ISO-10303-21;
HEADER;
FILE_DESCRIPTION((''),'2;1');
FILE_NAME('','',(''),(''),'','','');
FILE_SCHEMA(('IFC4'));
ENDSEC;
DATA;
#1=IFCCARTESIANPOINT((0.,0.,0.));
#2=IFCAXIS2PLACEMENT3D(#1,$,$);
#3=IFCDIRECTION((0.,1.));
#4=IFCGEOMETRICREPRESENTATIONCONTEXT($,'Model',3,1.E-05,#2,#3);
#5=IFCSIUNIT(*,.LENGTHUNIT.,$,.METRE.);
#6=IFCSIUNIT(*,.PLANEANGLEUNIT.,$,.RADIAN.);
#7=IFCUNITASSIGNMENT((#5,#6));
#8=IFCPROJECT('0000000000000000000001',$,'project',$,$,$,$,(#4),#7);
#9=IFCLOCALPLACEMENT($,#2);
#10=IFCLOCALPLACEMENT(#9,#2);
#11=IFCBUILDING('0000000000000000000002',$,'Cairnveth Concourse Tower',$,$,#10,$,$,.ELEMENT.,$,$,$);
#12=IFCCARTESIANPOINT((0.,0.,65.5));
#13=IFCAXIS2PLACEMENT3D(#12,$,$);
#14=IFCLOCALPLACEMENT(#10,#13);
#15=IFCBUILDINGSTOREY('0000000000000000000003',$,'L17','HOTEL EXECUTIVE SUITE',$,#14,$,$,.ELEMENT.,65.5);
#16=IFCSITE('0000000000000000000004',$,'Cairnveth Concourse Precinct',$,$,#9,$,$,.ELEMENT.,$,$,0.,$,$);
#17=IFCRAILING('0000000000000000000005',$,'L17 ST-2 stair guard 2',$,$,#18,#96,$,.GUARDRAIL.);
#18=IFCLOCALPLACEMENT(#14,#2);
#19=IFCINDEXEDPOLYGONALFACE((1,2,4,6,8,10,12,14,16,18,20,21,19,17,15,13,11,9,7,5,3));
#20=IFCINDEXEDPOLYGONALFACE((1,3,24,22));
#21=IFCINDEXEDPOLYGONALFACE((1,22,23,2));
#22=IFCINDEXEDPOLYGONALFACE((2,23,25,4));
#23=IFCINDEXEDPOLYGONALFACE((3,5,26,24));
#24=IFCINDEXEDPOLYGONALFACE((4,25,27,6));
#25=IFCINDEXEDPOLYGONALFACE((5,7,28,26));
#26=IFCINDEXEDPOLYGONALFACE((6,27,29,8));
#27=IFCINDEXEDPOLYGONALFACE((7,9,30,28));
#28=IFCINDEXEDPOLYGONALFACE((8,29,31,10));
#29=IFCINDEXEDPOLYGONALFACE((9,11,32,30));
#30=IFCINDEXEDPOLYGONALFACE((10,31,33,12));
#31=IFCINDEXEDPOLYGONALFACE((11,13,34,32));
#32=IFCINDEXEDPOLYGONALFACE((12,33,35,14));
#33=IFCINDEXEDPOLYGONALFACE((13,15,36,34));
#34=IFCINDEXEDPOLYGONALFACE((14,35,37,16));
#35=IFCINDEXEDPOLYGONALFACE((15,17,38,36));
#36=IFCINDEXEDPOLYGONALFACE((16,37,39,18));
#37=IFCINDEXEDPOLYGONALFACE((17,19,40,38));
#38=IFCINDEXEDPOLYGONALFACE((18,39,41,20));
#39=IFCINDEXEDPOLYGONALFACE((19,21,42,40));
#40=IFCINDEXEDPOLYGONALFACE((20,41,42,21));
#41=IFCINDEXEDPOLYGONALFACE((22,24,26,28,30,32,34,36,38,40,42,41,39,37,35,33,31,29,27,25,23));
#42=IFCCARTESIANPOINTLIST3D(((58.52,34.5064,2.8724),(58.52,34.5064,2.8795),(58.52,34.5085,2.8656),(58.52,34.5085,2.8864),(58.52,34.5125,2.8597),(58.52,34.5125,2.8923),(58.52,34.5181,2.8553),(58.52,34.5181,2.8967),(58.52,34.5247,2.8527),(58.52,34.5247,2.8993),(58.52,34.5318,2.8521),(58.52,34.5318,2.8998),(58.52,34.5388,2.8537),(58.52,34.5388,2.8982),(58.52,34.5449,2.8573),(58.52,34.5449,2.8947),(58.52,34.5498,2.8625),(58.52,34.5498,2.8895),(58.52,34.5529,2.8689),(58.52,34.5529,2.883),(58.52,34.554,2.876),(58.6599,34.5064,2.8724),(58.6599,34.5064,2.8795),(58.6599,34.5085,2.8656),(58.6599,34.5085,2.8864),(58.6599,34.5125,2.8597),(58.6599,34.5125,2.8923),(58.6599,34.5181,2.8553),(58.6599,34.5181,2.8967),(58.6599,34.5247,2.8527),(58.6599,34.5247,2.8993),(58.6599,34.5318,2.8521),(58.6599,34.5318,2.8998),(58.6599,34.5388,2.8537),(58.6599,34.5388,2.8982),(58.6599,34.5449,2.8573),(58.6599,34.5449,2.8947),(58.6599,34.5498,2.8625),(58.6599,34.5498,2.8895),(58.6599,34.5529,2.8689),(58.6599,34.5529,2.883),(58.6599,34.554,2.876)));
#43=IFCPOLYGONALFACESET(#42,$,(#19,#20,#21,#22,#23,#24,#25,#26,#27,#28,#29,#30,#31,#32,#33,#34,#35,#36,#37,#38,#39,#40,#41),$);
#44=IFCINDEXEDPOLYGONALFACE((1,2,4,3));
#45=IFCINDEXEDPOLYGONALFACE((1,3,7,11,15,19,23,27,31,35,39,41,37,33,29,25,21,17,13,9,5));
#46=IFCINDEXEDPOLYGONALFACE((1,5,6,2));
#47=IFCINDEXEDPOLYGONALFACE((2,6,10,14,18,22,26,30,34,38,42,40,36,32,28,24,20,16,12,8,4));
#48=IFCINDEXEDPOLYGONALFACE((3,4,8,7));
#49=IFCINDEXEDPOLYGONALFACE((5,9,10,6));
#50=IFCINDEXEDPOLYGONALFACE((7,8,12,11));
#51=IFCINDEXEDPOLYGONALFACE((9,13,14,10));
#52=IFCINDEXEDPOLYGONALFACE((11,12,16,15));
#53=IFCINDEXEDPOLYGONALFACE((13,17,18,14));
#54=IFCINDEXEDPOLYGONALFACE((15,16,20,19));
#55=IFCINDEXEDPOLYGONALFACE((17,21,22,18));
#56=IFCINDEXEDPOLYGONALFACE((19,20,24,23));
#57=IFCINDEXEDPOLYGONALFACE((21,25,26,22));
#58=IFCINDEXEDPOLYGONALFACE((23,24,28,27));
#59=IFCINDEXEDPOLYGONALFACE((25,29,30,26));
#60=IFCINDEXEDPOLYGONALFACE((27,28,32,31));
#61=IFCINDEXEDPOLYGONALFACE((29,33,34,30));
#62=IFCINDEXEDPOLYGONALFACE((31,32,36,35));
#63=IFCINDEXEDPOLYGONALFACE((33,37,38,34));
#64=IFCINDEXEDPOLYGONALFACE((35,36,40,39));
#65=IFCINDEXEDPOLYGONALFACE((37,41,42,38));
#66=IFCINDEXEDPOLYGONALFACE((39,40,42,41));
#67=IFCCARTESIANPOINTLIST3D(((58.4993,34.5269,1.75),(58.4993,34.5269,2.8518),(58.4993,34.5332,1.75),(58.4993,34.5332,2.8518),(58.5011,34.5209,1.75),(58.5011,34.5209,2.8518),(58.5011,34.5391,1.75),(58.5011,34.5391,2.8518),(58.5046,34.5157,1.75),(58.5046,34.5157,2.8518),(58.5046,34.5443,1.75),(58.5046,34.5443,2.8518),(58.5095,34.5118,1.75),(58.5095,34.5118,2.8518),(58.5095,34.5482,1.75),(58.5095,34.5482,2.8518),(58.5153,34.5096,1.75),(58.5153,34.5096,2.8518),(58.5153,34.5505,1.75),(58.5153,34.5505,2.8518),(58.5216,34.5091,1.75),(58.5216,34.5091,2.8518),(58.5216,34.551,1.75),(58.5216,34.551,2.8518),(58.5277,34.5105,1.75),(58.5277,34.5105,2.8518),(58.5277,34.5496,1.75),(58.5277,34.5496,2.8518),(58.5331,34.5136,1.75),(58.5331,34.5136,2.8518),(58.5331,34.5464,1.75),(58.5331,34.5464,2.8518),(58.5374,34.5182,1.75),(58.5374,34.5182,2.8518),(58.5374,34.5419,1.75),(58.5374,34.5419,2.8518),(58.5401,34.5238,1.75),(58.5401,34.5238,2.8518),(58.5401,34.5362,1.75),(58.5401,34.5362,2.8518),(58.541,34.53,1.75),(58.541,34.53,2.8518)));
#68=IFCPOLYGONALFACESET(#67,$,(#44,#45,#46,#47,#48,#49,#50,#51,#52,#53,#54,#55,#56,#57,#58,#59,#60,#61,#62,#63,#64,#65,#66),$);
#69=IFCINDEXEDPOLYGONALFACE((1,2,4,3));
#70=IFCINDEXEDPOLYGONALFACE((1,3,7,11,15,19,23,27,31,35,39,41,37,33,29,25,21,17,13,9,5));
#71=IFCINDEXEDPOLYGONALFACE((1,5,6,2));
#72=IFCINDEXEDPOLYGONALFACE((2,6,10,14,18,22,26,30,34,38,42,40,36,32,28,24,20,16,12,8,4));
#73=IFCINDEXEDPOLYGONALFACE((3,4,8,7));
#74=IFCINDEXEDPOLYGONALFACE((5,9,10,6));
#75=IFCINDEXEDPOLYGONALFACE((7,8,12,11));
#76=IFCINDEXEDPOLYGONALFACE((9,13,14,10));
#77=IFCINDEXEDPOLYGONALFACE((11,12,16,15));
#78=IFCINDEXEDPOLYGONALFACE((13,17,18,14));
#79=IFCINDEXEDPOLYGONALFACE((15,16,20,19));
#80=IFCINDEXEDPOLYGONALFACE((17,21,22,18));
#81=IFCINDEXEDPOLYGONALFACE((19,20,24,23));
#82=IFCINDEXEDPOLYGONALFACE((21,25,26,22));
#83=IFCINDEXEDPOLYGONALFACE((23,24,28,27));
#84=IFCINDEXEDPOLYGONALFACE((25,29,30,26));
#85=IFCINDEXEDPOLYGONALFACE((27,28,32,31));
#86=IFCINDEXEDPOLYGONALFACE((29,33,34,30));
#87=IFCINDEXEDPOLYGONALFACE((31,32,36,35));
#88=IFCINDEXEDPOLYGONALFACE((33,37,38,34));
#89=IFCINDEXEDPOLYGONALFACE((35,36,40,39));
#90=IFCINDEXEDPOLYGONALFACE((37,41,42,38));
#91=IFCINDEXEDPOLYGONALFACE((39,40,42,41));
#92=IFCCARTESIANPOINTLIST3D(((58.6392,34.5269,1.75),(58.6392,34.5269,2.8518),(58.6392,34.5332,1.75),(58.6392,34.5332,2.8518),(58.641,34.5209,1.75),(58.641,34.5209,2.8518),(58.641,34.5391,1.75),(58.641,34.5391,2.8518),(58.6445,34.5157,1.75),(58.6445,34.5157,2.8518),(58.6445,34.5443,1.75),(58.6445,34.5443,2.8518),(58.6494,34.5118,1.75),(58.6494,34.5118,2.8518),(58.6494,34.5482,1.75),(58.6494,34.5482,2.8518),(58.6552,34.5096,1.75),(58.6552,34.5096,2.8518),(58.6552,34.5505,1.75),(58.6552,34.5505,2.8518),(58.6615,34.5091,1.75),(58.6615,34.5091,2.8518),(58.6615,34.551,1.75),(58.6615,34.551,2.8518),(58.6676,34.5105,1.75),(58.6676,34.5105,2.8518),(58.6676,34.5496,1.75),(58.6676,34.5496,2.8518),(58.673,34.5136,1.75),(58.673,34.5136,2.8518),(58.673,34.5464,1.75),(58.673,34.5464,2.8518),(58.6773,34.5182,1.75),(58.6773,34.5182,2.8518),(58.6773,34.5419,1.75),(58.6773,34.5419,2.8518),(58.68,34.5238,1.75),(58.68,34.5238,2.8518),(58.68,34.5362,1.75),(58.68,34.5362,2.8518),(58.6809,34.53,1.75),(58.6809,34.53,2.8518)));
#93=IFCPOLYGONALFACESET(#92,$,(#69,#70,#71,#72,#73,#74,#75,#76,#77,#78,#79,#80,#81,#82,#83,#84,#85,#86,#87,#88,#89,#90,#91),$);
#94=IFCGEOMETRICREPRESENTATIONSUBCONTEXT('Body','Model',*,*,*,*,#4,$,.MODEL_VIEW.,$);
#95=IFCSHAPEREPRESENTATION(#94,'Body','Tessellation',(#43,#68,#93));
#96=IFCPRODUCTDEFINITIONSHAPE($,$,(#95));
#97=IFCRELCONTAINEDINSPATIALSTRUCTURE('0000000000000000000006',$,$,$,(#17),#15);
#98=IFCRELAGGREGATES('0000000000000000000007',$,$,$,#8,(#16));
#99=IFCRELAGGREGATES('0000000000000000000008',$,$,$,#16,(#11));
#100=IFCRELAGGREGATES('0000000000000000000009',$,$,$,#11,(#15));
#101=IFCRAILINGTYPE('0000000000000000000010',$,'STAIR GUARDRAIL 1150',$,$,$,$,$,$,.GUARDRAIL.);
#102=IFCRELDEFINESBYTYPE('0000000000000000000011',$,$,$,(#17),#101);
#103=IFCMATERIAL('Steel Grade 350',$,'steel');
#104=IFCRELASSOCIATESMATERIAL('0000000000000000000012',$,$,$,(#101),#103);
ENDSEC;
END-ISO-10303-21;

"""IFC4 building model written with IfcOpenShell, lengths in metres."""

from ifc_helpers import new_model, si_unit, direction, frame, origin, origin_2d, place, context, subcontext, project, spatial, circle, extrude, material, type_object, element, save


model = new_model("IFC4")

# Units and contexts
model_context = context("Model", 3, precision=1e-05, world=origin(), true_north=direction((0.0, 1.0)))
body_context = subcontext(model_context, "Body", "Model", "MODEL_VIEW")
ifc_project = project(units=[si_unit("LENGTHUNIT", "METRE"), si_unit("PLANEANGLEUNIT", "RADIAN")], contexts=[model_context])

# Site, building, storey
site_placement = place(None, origin())
site = spatial("IfcSite", under=ifc_project, at=site_placement, Name="Cairnveth Concourse Precinct", CompositionType="ELEMENT", RefElevation=0.0)
building_placement = place(site_placement, origin())
building = spatial("IfcBuilding", under=site, at=building_placement, Name="Cairnveth Concourse Tower", CompositionType="ELEMENT")
storey_placement = place(building_placement, frame((0.0, 0.0, 65.5)))
storey = spatial("IfcBuildingStorey", under=building, at=storey_placement, Name="L17", Description="HOTEL EXECUTIVE SUITE", CompositionType="ELEMENT", Elevation=65.5)

# Railing
ifc_material_1 = material(Name="Steel Grade 350", Category="steel")
railing_type_1 = type_object("IfcRailingType", Name="STAIR GUARDRAIL 1150", PredefinedType="GUARDRAIL", material=ifc_material_1)
railing_1_placement = place(storey_placement, frame((58.52, 34.53, 1.75)))
element("IfcRailing", 1, at=railing_1_placement, inside=storey, type_object=railing_type_1, Name="L17 ST-2 stair guard 2", PredefinedType="GUARDRAIL", context=body_context, shape_type="SweptSolid", body=[
    extrude(circle(Radius=0.0239, at=origin_2d()), frame((0.0, 0.0, 1.126), z_axis=(1.0, 0.0, 0.0), x_axis=(0.0, 1.0, 0.0)), (0.0, 0.0, 1.0), 0.1399),
    extrude(circle(Radius=0.021, at=origin_2d()), origin(), (0.0, 0.0, 1.0), 1.1018),
    extrude(circle(Radius=0.021, at=origin_2d()), frame((0.1399, 0.0, 0.0)), (0.0, 0.0, 1.0), 1.1018),
])

save(model, "model.ifc")
